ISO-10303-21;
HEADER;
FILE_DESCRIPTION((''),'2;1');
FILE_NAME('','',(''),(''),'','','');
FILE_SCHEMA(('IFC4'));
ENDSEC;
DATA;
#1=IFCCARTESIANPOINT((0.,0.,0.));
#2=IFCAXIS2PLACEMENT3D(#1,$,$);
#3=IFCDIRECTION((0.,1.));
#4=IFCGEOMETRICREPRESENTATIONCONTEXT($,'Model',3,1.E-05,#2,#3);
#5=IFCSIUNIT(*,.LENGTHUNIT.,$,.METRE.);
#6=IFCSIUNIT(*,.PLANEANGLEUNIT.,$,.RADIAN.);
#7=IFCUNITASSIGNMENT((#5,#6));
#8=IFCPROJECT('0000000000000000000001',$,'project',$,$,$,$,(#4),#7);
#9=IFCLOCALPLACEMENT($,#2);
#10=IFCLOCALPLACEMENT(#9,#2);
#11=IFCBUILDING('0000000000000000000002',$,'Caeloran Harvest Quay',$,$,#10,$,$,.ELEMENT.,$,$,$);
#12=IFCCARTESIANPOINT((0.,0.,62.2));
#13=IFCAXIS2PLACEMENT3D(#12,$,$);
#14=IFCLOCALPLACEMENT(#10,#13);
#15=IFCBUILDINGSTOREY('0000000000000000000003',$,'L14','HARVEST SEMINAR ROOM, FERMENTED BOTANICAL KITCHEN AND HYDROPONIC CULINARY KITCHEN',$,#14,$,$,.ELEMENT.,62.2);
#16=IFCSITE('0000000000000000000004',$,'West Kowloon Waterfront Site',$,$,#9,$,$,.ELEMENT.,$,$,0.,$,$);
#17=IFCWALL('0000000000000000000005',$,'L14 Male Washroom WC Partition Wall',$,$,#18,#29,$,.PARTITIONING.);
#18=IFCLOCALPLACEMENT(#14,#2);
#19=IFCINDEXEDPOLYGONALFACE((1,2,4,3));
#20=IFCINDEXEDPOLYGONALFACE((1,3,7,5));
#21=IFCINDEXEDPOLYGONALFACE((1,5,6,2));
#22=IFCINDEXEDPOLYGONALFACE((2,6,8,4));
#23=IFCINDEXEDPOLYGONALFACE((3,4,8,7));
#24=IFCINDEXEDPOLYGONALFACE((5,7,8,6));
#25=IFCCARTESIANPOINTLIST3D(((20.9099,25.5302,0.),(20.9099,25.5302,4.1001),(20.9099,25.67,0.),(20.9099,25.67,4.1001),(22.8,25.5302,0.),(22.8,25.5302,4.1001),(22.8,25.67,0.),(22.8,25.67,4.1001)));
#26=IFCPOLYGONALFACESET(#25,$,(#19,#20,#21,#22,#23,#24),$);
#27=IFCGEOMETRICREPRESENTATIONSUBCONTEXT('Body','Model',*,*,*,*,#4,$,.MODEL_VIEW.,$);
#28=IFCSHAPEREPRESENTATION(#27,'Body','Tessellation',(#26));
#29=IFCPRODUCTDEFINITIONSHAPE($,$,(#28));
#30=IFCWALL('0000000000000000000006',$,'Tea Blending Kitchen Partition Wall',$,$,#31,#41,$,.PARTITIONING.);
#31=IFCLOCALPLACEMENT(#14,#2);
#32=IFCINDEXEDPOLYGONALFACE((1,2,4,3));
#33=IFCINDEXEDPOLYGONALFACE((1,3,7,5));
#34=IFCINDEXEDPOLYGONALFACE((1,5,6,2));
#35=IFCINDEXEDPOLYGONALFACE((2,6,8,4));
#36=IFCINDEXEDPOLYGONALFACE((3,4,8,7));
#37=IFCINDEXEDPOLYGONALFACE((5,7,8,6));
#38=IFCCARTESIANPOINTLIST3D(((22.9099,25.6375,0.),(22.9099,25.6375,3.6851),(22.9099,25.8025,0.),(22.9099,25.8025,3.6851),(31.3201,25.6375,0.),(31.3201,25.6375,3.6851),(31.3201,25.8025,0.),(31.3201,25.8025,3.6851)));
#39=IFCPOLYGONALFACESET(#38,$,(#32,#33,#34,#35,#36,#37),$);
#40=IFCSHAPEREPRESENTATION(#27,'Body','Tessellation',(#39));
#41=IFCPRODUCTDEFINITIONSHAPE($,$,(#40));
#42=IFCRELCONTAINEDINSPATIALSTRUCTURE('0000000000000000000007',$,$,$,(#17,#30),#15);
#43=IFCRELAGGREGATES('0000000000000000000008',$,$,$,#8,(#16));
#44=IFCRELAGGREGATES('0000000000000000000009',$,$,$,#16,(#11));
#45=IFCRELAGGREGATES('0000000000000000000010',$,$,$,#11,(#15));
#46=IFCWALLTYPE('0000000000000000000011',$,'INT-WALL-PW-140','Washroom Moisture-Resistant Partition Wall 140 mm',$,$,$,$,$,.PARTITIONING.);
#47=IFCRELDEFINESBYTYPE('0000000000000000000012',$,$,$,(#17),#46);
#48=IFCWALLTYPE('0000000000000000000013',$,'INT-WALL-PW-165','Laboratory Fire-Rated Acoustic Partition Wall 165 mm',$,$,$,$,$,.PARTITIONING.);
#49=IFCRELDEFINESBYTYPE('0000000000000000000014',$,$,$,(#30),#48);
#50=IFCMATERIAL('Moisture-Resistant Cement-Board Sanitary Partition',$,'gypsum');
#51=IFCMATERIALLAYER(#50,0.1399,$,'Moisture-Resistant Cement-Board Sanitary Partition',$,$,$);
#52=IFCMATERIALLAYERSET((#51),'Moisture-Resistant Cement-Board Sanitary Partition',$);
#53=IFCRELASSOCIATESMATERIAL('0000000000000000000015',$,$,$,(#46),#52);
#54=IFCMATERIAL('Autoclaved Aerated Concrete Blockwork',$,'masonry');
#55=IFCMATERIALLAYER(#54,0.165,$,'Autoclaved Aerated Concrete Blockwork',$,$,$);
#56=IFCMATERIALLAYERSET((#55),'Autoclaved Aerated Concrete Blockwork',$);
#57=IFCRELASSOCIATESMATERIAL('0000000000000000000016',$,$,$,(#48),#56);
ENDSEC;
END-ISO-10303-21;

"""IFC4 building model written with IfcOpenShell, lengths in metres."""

from ifc_helpers import new_model, si_unit, direction, frame, frame_2d, origin, place, context, subcontext, project, spatial, rectangle, extrude, material, layer, layer_set, type_object, element, save


model = new_model("IFC4")

# Units and contexts
model_context = context("Model", 3, precision=1e-05, world=origin(), true_north=direction((0.0, 1.0)))
body_context = subcontext(model_context, "Body", "Model", "MODEL_VIEW")
ifc_project = project(units=[si_unit("LENGTHUNIT", "METRE"), si_unit("PLANEANGLEUNIT", "RADIAN")], contexts=[model_context])

# Site, building, storey
site_placement = place(None, origin())
site = spatial("IfcSite", under=ifc_project, at=site_placement, Name="West Kowloon Waterfront Site", CompositionType="ELEMENT", RefElevation=0.0)
building_placement = place(site_placement, origin())
building = spatial("IfcBuilding", under=site, at=building_placement, Name="Caeloran Harvest Quay", CompositionType="ELEMENT")
storey_placement = place(building_placement, frame((0.0, 0.0, 62.2)))
storey = spatial("IfcBuildingStorey", under=building, at=storey_placement, Name="L14", Description="HARVEST SEMINAR ROOM, FERMENTED BOTANICAL KITCHEN AND HYDROPONIC CULINARY KITCHEN", CompositionType="ELEMENT", Elevation=62.2)

# Walls
ifc_material_1 = material(Name="Moisture-Resistant Cement-Board Sanitary Partition", Category="gypsum")
ifc_layer_1 = layer(ifc_material_1, 0.1399, Name="Moisture-Resistant Cement-Board Sanitary Partition")
ifc_layer_set_1 = layer_set([ifc_layer_1], Name="Moisture-Resistant Cement-Board Sanitary Partition")
wall_type_1 = type_object("IfcWallType", Name="INT-WALL-PW-140", Description="Washroom Moisture-Resistant Partition Wall 140 mm", PredefinedType="PARTITIONING", material=ifc_layer_set_1)
wall_1_placement = place(storey_placement, frame((22.8, 25.6001, 0.0), z_axis=(0.0, 0.0, 1.0), x_axis=(-1.0, 0.0, 0.0)))
element("IfcWall", 1, at=wall_1_placement, inside=storey, type_object=wall_type_1, Name="L14 Male Washroom WC Partition Wall", PredefinedType="PARTITIONING", context=body_context, shape_type="SweptSolid", body=[
    extrude(rectangle(XDim=1.8901, YDim=0.1399, at=frame_2d((0.9451, 0.0))), origin(), (0.0, 0.0, 1.0), 4.1001),
])
ifc_material_2 = material(Name="Autoclaved Aerated Concrete Blockwork", Category="masonry")
ifc_layer_2 = layer(ifc_material_2, 0.165, Name="Autoclaved Aerated Concrete Blockwork")
ifc_layer_set_2 = layer_set([ifc_layer_2], Name="Autoclaved Aerated Concrete Blockwork")
wall_type_2 = type_object("IfcWallType", Name="INT-WALL-PW-165", Description="Laboratory Fire-Rated Acoustic Partition Wall 165 mm", PredefinedType="PARTITIONING", material=ifc_layer_set_2)
wall_2_placement = place(storey_placement, frame((22.9099, 25.72, 0.0), z_axis=(0.0, 0.0, 1.0), x_axis=(1.0, 0.0, 0.0)))
element("IfcWall", 2, at=wall_2_placement, inside=storey, type_object=wall_type_2, Name="Tea Blending Kitchen Partition Wall", PredefinedType="PARTITIONING", context=body_context, shape_type="SweptSolid", body=[
    extrude(rectangle(XDim=8.4102, YDim=0.165, at=frame_2d((4.2051, 0.0))), origin(), (0.0, 0.0, 1.0), 3.6851),
])

save(model, "model.ifc")
